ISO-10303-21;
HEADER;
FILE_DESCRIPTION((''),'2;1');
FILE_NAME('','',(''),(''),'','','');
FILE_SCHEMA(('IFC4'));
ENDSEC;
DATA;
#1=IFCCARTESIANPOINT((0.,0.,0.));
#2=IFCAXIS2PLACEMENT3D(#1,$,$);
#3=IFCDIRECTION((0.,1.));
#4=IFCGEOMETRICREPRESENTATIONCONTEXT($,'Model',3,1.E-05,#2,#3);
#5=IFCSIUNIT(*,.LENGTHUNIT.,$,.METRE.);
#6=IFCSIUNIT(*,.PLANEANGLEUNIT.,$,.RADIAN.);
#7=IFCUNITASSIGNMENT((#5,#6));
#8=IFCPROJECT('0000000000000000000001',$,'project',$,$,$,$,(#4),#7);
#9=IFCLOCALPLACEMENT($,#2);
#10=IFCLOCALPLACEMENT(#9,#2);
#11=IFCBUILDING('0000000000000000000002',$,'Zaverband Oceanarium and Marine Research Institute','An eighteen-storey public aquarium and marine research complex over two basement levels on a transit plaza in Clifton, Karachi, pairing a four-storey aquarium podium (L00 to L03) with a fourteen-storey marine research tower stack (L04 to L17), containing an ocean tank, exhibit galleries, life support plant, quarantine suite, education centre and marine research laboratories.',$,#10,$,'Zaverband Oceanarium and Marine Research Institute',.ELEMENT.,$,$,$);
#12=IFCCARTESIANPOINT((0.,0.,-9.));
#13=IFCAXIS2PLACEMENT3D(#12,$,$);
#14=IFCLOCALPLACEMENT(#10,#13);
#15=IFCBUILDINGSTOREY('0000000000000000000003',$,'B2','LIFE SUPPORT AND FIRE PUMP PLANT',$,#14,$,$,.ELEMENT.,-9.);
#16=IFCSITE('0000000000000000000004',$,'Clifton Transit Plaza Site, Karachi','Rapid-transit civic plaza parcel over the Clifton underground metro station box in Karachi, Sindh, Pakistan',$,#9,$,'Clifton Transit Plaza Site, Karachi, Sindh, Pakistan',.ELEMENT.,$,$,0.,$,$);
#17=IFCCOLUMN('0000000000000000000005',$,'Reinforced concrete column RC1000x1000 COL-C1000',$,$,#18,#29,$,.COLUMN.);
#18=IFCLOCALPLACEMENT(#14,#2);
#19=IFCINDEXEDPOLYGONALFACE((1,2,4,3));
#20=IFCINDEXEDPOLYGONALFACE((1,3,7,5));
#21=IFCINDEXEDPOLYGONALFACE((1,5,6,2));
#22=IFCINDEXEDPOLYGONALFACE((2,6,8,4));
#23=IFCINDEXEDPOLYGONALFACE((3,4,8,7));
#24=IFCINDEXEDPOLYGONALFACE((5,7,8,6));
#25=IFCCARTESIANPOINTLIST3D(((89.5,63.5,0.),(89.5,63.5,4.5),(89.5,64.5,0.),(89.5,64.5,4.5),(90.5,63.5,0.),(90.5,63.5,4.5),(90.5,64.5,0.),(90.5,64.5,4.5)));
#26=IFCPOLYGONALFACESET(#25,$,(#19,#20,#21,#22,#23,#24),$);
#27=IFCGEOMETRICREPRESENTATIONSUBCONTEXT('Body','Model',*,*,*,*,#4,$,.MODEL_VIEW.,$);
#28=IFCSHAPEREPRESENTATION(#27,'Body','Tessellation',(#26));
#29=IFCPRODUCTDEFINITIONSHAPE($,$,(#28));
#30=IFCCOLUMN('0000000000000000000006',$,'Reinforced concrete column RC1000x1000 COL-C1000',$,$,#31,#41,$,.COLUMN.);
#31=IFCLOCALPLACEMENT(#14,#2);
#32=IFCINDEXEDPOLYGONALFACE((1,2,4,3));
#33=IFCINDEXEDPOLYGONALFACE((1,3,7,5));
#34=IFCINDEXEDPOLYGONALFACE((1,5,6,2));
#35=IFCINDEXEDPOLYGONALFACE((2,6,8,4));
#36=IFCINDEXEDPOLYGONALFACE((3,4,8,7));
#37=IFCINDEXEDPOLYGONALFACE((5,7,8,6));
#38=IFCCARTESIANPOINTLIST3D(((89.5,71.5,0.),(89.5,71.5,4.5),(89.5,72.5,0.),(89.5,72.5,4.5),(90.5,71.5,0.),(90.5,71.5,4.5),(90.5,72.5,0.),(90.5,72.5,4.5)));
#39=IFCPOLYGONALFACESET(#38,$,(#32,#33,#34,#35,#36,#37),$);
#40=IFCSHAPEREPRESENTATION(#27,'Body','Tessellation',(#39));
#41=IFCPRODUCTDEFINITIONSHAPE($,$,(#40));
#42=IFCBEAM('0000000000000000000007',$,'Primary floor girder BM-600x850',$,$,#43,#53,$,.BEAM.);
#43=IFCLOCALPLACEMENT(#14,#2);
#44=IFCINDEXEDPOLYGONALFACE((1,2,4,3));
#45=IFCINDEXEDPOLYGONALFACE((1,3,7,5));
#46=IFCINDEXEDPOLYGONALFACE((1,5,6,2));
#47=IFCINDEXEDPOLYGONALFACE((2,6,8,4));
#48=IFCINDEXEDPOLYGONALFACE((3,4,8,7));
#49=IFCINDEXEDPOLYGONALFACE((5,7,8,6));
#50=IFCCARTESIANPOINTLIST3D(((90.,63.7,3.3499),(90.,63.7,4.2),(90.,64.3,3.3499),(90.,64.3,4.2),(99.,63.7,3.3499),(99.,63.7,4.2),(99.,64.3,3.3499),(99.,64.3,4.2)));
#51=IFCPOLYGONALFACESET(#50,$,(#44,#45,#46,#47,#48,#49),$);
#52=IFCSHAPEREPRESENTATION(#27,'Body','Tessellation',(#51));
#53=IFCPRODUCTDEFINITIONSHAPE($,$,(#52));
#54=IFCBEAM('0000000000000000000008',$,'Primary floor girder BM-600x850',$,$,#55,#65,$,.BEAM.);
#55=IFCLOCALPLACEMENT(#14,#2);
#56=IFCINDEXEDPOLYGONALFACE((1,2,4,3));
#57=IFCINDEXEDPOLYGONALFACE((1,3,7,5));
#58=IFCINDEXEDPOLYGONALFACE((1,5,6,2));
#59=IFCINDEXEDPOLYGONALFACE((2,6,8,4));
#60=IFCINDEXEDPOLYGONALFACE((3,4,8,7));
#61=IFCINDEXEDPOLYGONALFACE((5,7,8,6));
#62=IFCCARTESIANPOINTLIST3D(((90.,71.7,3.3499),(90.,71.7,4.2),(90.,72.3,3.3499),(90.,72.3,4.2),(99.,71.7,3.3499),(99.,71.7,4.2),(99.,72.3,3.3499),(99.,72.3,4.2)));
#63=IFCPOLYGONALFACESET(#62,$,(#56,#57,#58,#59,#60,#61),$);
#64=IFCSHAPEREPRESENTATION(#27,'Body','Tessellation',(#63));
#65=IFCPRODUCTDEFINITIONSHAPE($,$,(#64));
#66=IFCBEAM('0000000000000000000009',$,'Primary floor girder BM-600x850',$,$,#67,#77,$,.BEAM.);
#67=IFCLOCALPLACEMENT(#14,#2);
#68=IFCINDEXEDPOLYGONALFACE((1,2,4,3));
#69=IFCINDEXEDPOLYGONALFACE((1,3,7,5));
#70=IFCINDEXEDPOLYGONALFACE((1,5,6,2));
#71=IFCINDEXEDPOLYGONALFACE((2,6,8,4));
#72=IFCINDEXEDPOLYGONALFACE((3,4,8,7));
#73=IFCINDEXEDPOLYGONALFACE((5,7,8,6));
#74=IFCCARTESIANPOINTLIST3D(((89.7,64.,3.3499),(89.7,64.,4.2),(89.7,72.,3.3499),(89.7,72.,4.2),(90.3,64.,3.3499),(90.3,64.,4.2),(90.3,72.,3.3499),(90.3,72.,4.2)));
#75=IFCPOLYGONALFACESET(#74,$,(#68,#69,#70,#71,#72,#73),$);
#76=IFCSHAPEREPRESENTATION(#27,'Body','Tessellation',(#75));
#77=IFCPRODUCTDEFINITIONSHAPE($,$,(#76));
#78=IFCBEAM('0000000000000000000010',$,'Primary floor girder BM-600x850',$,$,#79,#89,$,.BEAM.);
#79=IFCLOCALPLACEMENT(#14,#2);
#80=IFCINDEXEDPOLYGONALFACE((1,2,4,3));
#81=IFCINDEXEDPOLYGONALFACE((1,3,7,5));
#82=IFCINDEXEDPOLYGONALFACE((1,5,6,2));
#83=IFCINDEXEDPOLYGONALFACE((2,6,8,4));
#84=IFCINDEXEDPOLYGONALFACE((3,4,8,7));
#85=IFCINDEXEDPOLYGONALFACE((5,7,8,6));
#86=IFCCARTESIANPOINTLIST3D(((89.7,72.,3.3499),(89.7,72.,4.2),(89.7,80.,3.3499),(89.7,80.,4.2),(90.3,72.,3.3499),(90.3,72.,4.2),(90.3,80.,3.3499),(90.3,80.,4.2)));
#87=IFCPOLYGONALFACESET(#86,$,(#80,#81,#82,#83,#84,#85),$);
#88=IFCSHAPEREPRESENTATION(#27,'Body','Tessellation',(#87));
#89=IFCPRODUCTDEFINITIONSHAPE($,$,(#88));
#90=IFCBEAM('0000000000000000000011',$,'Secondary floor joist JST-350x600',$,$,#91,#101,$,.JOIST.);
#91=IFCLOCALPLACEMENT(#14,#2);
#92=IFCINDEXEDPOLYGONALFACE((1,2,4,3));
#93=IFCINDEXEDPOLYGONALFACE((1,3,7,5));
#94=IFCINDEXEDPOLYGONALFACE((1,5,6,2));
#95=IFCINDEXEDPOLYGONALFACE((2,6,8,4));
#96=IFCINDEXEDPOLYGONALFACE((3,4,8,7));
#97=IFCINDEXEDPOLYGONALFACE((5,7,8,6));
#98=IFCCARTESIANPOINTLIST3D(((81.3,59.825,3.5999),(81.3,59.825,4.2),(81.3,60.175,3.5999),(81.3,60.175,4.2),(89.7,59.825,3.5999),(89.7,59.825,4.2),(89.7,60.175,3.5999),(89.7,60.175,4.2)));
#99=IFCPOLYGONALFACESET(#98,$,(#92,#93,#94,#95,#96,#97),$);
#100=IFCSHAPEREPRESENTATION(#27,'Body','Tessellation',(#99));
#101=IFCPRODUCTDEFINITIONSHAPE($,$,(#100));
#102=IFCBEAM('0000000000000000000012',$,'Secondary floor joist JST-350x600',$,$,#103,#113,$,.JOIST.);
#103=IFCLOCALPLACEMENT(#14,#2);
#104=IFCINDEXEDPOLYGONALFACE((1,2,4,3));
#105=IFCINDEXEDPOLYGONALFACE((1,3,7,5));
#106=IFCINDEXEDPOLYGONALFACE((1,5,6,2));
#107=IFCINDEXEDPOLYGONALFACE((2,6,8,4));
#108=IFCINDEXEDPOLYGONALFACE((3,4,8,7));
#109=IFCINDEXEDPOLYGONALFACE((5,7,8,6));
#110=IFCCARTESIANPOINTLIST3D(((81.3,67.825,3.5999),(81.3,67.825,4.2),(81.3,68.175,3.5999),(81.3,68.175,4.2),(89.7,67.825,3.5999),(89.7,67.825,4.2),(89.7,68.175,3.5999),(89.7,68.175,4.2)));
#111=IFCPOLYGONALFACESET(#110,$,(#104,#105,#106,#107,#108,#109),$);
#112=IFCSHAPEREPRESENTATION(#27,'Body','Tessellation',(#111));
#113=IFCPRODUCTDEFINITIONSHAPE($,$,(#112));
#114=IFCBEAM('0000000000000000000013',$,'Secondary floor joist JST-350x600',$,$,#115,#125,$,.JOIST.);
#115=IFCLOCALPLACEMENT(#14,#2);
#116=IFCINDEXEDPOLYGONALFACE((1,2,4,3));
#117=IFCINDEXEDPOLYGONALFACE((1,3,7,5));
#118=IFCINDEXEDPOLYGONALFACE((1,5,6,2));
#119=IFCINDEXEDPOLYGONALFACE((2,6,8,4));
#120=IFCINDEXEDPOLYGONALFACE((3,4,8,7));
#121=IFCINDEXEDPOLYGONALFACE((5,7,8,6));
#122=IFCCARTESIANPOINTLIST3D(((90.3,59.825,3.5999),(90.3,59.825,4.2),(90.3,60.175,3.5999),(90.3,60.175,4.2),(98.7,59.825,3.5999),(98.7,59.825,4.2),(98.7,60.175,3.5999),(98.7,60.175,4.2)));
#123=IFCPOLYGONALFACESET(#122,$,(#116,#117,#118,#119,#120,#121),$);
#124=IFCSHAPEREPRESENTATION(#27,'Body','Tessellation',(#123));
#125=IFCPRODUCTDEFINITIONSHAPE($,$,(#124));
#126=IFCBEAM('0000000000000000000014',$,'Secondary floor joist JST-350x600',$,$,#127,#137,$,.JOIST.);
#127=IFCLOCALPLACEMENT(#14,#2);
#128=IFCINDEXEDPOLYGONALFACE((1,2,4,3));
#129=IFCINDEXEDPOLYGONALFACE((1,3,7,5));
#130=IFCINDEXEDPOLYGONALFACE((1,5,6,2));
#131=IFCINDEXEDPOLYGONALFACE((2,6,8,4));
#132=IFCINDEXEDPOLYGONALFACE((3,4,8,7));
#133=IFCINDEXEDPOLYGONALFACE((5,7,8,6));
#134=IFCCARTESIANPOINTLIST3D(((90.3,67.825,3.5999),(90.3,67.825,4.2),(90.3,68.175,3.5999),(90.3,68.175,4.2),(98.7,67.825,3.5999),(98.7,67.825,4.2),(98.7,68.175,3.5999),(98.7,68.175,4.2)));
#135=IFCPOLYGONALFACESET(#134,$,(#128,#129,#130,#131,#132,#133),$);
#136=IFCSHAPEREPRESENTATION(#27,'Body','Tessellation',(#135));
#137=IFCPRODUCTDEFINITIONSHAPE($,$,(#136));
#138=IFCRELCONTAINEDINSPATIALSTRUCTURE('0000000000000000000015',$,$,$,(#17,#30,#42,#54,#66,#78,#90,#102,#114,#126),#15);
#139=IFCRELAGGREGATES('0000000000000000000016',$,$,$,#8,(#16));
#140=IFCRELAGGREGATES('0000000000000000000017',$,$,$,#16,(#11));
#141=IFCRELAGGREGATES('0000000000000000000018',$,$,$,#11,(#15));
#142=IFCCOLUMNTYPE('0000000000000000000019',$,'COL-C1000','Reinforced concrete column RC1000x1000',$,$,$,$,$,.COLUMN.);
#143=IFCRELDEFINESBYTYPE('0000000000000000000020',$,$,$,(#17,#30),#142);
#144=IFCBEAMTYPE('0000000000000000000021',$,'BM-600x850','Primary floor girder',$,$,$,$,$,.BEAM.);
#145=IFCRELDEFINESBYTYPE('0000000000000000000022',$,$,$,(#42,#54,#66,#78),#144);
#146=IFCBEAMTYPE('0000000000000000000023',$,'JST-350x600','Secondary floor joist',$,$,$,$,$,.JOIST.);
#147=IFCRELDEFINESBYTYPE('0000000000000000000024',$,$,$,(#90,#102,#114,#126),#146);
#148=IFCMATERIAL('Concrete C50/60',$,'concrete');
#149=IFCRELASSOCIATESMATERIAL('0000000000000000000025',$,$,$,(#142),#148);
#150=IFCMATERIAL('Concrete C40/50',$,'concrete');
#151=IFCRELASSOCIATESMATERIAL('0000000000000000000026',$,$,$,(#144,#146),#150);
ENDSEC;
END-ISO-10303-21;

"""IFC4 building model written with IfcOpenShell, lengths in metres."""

from ifc_helpers import new_model, si_unit, direction, frame, origin, origin_2d, place, context, subcontext, project, spatial, rectangle, extrude, material, material_profile, profile_set, type_object, element, save


model = new_model("IFC4")

# Units and contexts
model_context = context("Model", 3, precision=1e-05, world=origin(), true_north=direction((0.0, 1.0)))
body_context = subcontext(model_context, "Body", "Model", "MODEL_VIEW")
ifc_project = project(units=[si_unit("LENGTHUNIT", "METRE"), si_unit("PLANEANGLEUNIT", "RADIAN")], contexts=[model_context])

# Site, building, storey
site_placement = place(None, origin())
site = spatial("IfcSite", under=ifc_project, at=site_placement, Name="Clifton Transit Plaza Site, Karachi", Description="Rapid-transit civic plaza parcel over the Clifton underground metro station box in Karachi, Sindh, Pakistan", LongName="Clifton Transit Plaza Site, Karachi, Sindh, Pakistan", CompositionType="ELEMENT", RefElevation=0.0)
building_placement = place(site_placement, origin())
building = spatial("IfcBuilding", under=site, at=building_placement, Name="Zaverband Oceanarium and Marine Research Institute", Description="An eighteen-storey public aquarium and marine research complex over two basement levels on a transit plaza in Clifton, Karachi, pairing a four-storey aquarium podium (L00 to L03) with a fourteen-storey marine research tower stack (L04 to L17), containing an ocean tank, exhibit galleries, life support plant, quarantine suite, education centre and marine research laboratories.", LongName="Zaverband Oceanarium and Marine Research Institute", CompositionType="ELEMENT")
storey_placement = place(building_placement, frame((0.0, 0.0, -9.0)))
storey = spatial("IfcBuildingStorey", under=building, at=storey_placement, Name="B2", Description="LIFE SUPPORT AND FIRE PUMP PLANT", CompositionType="ELEMENT", Elevation=-9.0)

# Shared definitions
ifc_material_1 = material(Name="Concrete C50/60", Category="concrete")

# Columns
ifc_material_profile_1 = material_profile(ifc_material_1, rectangle(XDim=1.0, YDim=1.0, at=origin_2d()), Name="RC1000x1000")
ifc_profile_set_1 = profile_set([ifc_material_profile_1], Name="Concrete C50/60")
column_type = type_object("IfcColumnType", Name="COL-C1000", Description="Reinforced concrete column RC1000x1000", PredefinedType="COLUMN", material=ifc_profile_set_1)
for number, where, z_axis, x_axis, name in (
    (1, (90.0, 64.0, 0.0), (0.0, 0.0, 1.0), (1.0, 0.0, 0.0), "Reinforced concrete column RC1000x1000 COL-C1000"),
    (2, (90.0, 72.0, 0.0), (0.0, 0.0, 1.0), (1.0, 0.0, 0.0), "Reinforced concrete column RC1000x1000 COL-C1000"),
):
    element("IfcColumn", number, at=place(storey_placement, frame(where, z_axis=z_axis, x_axis=x_axis)), inside=storey, type_object=column_type, Name=name, PredefinedType="COLUMN", context=body_context, shape_type="SweptSolid", body=[
        extrude(rectangle(XDim=1.0, YDim=1.0, at=origin_2d()), origin(), (0.0, 0.0, 1.0), 4.5),
    ])

# Beams
ifc_material_2 = material(Name="Concrete C40/50", Category="concrete")
ifc_material_profile_2 = material_profile(ifc_material_2, rectangle(XDim=0.6001, YDim=0.8501, at=origin_2d()), Name="RC600x850")
ifc_profile_set_2 = profile_set([ifc_material_profile_2], Name="Concrete C40/50")
beam_type_1 = type_object("IfcBeamType", Name="BM-600x850", Description="Primary floor girder", PredefinedType="BEAM", material=ifc_profile_set_2)
for number, where, z_axis, x_axis, name in (
    (3, (90.0, 64.0, 3.7749), (1.0, 0.0, 0.0), (0.0, 1.0, 0.0), "Primary floor girder BM-600x850"),
    (4, (90.0, 72.0, 3.7749), (1.0, 0.0, 0.0), (0.0, 1.0, 0.0), "Primary floor girder BM-600x850"),
):
    element("IfcBeam", number, at=place(storey_placement, frame(where, z_axis=z_axis, x_axis=x_axis)), inside=storey, type_object=beam_type_1, Name=name, PredefinedType="BEAM", context=body_context, shape_type="SweptSolid", body=[
        extrude(rectangle(XDim=0.6001, YDim=0.8501, at=origin_2d()), origin(), (0.0, 0.0, 1.0), 9.0),
    ])
for number, where, z_axis, x_axis, name in (
    (5, (90.0, 64.0, 3.7749), (0.0, 1.0, 0.0), (-1.0, 0.0, 0.0), "Primary floor girder BM-600x850"),
    (6, (90.0, 72.0, 3.7749), (0.0, 1.0, 0.0), (-1.0, 0.0, 0.0), "Primary floor girder BM-600x850"),
):
    element("IfcBeam", number, at=place(storey_placement, frame(where, z_axis=z_axis, x_axis=x_axis)), inside=storey, type_object=beam_type_1, Name=name, PredefinedType="BEAM", context=body_context, shape_type="SweptSolid", body=[
        extrude(rectangle(XDim=0.6001, YDim=0.8501, at=origin_2d()), origin(), (0.0, 0.0, 1.0), 8.0),
    ])
ifc_material_profile_3 = material_profile(ifc_material_2, rectangle(XDim=0.3501, YDim=0.6001, at=origin_2d()), Name="RC350x600")
ifc_profile_set_3 = profile_set([ifc_material_profile_3], Name="Concrete C40/50")
beam_type_2 = type_object("IfcBeamType", Name="JST-350x600", Description="Secondary floor joist", PredefinedType="JOIST", material=ifc_profile_set_3)
for number, where, z_axis, x_axis, name in (
    (7, (81.3, 60.0, 3.8999), (1.0, 0.0, 0.0), (0.0, 1.0, 0.0), "Secondary floor joist JST-350x600"),
    (8, (81.3, 68.0, 3.8999), (1.0, 0.0, 0.0), (0.0, 1.0, 0.0), "Secondary floor joist JST-350x600"),
    (9, (90.3, 60.0, 3.8999), (1.0, 0.0, 0.0), (0.0, 1.0, 0.0), "Secondary floor joist JST-350x600"),
    (10, (90.3, 68.0, 3.8999), (1.0, 0.0, 0.0), (0.0, 1.0, 0.0), "Secondary floor joist JST-350x600"),
):
    element("IfcBeam", number, at=place(storey_placement, frame(where, z_axis=z_axis, x_axis=x_axis)), inside=storey, type_object=beam_type_2, Name=name, PredefinedType="JOIST", context=body_context, shape_type="SweptSolid", body=[
        extrude(rectangle(XDim=0.3501, YDim=0.6001, at=origin_2d()), origin(), (0.0, 0.0, 1.0), 8.3999),
    ])

save(model, "model.ifc")
